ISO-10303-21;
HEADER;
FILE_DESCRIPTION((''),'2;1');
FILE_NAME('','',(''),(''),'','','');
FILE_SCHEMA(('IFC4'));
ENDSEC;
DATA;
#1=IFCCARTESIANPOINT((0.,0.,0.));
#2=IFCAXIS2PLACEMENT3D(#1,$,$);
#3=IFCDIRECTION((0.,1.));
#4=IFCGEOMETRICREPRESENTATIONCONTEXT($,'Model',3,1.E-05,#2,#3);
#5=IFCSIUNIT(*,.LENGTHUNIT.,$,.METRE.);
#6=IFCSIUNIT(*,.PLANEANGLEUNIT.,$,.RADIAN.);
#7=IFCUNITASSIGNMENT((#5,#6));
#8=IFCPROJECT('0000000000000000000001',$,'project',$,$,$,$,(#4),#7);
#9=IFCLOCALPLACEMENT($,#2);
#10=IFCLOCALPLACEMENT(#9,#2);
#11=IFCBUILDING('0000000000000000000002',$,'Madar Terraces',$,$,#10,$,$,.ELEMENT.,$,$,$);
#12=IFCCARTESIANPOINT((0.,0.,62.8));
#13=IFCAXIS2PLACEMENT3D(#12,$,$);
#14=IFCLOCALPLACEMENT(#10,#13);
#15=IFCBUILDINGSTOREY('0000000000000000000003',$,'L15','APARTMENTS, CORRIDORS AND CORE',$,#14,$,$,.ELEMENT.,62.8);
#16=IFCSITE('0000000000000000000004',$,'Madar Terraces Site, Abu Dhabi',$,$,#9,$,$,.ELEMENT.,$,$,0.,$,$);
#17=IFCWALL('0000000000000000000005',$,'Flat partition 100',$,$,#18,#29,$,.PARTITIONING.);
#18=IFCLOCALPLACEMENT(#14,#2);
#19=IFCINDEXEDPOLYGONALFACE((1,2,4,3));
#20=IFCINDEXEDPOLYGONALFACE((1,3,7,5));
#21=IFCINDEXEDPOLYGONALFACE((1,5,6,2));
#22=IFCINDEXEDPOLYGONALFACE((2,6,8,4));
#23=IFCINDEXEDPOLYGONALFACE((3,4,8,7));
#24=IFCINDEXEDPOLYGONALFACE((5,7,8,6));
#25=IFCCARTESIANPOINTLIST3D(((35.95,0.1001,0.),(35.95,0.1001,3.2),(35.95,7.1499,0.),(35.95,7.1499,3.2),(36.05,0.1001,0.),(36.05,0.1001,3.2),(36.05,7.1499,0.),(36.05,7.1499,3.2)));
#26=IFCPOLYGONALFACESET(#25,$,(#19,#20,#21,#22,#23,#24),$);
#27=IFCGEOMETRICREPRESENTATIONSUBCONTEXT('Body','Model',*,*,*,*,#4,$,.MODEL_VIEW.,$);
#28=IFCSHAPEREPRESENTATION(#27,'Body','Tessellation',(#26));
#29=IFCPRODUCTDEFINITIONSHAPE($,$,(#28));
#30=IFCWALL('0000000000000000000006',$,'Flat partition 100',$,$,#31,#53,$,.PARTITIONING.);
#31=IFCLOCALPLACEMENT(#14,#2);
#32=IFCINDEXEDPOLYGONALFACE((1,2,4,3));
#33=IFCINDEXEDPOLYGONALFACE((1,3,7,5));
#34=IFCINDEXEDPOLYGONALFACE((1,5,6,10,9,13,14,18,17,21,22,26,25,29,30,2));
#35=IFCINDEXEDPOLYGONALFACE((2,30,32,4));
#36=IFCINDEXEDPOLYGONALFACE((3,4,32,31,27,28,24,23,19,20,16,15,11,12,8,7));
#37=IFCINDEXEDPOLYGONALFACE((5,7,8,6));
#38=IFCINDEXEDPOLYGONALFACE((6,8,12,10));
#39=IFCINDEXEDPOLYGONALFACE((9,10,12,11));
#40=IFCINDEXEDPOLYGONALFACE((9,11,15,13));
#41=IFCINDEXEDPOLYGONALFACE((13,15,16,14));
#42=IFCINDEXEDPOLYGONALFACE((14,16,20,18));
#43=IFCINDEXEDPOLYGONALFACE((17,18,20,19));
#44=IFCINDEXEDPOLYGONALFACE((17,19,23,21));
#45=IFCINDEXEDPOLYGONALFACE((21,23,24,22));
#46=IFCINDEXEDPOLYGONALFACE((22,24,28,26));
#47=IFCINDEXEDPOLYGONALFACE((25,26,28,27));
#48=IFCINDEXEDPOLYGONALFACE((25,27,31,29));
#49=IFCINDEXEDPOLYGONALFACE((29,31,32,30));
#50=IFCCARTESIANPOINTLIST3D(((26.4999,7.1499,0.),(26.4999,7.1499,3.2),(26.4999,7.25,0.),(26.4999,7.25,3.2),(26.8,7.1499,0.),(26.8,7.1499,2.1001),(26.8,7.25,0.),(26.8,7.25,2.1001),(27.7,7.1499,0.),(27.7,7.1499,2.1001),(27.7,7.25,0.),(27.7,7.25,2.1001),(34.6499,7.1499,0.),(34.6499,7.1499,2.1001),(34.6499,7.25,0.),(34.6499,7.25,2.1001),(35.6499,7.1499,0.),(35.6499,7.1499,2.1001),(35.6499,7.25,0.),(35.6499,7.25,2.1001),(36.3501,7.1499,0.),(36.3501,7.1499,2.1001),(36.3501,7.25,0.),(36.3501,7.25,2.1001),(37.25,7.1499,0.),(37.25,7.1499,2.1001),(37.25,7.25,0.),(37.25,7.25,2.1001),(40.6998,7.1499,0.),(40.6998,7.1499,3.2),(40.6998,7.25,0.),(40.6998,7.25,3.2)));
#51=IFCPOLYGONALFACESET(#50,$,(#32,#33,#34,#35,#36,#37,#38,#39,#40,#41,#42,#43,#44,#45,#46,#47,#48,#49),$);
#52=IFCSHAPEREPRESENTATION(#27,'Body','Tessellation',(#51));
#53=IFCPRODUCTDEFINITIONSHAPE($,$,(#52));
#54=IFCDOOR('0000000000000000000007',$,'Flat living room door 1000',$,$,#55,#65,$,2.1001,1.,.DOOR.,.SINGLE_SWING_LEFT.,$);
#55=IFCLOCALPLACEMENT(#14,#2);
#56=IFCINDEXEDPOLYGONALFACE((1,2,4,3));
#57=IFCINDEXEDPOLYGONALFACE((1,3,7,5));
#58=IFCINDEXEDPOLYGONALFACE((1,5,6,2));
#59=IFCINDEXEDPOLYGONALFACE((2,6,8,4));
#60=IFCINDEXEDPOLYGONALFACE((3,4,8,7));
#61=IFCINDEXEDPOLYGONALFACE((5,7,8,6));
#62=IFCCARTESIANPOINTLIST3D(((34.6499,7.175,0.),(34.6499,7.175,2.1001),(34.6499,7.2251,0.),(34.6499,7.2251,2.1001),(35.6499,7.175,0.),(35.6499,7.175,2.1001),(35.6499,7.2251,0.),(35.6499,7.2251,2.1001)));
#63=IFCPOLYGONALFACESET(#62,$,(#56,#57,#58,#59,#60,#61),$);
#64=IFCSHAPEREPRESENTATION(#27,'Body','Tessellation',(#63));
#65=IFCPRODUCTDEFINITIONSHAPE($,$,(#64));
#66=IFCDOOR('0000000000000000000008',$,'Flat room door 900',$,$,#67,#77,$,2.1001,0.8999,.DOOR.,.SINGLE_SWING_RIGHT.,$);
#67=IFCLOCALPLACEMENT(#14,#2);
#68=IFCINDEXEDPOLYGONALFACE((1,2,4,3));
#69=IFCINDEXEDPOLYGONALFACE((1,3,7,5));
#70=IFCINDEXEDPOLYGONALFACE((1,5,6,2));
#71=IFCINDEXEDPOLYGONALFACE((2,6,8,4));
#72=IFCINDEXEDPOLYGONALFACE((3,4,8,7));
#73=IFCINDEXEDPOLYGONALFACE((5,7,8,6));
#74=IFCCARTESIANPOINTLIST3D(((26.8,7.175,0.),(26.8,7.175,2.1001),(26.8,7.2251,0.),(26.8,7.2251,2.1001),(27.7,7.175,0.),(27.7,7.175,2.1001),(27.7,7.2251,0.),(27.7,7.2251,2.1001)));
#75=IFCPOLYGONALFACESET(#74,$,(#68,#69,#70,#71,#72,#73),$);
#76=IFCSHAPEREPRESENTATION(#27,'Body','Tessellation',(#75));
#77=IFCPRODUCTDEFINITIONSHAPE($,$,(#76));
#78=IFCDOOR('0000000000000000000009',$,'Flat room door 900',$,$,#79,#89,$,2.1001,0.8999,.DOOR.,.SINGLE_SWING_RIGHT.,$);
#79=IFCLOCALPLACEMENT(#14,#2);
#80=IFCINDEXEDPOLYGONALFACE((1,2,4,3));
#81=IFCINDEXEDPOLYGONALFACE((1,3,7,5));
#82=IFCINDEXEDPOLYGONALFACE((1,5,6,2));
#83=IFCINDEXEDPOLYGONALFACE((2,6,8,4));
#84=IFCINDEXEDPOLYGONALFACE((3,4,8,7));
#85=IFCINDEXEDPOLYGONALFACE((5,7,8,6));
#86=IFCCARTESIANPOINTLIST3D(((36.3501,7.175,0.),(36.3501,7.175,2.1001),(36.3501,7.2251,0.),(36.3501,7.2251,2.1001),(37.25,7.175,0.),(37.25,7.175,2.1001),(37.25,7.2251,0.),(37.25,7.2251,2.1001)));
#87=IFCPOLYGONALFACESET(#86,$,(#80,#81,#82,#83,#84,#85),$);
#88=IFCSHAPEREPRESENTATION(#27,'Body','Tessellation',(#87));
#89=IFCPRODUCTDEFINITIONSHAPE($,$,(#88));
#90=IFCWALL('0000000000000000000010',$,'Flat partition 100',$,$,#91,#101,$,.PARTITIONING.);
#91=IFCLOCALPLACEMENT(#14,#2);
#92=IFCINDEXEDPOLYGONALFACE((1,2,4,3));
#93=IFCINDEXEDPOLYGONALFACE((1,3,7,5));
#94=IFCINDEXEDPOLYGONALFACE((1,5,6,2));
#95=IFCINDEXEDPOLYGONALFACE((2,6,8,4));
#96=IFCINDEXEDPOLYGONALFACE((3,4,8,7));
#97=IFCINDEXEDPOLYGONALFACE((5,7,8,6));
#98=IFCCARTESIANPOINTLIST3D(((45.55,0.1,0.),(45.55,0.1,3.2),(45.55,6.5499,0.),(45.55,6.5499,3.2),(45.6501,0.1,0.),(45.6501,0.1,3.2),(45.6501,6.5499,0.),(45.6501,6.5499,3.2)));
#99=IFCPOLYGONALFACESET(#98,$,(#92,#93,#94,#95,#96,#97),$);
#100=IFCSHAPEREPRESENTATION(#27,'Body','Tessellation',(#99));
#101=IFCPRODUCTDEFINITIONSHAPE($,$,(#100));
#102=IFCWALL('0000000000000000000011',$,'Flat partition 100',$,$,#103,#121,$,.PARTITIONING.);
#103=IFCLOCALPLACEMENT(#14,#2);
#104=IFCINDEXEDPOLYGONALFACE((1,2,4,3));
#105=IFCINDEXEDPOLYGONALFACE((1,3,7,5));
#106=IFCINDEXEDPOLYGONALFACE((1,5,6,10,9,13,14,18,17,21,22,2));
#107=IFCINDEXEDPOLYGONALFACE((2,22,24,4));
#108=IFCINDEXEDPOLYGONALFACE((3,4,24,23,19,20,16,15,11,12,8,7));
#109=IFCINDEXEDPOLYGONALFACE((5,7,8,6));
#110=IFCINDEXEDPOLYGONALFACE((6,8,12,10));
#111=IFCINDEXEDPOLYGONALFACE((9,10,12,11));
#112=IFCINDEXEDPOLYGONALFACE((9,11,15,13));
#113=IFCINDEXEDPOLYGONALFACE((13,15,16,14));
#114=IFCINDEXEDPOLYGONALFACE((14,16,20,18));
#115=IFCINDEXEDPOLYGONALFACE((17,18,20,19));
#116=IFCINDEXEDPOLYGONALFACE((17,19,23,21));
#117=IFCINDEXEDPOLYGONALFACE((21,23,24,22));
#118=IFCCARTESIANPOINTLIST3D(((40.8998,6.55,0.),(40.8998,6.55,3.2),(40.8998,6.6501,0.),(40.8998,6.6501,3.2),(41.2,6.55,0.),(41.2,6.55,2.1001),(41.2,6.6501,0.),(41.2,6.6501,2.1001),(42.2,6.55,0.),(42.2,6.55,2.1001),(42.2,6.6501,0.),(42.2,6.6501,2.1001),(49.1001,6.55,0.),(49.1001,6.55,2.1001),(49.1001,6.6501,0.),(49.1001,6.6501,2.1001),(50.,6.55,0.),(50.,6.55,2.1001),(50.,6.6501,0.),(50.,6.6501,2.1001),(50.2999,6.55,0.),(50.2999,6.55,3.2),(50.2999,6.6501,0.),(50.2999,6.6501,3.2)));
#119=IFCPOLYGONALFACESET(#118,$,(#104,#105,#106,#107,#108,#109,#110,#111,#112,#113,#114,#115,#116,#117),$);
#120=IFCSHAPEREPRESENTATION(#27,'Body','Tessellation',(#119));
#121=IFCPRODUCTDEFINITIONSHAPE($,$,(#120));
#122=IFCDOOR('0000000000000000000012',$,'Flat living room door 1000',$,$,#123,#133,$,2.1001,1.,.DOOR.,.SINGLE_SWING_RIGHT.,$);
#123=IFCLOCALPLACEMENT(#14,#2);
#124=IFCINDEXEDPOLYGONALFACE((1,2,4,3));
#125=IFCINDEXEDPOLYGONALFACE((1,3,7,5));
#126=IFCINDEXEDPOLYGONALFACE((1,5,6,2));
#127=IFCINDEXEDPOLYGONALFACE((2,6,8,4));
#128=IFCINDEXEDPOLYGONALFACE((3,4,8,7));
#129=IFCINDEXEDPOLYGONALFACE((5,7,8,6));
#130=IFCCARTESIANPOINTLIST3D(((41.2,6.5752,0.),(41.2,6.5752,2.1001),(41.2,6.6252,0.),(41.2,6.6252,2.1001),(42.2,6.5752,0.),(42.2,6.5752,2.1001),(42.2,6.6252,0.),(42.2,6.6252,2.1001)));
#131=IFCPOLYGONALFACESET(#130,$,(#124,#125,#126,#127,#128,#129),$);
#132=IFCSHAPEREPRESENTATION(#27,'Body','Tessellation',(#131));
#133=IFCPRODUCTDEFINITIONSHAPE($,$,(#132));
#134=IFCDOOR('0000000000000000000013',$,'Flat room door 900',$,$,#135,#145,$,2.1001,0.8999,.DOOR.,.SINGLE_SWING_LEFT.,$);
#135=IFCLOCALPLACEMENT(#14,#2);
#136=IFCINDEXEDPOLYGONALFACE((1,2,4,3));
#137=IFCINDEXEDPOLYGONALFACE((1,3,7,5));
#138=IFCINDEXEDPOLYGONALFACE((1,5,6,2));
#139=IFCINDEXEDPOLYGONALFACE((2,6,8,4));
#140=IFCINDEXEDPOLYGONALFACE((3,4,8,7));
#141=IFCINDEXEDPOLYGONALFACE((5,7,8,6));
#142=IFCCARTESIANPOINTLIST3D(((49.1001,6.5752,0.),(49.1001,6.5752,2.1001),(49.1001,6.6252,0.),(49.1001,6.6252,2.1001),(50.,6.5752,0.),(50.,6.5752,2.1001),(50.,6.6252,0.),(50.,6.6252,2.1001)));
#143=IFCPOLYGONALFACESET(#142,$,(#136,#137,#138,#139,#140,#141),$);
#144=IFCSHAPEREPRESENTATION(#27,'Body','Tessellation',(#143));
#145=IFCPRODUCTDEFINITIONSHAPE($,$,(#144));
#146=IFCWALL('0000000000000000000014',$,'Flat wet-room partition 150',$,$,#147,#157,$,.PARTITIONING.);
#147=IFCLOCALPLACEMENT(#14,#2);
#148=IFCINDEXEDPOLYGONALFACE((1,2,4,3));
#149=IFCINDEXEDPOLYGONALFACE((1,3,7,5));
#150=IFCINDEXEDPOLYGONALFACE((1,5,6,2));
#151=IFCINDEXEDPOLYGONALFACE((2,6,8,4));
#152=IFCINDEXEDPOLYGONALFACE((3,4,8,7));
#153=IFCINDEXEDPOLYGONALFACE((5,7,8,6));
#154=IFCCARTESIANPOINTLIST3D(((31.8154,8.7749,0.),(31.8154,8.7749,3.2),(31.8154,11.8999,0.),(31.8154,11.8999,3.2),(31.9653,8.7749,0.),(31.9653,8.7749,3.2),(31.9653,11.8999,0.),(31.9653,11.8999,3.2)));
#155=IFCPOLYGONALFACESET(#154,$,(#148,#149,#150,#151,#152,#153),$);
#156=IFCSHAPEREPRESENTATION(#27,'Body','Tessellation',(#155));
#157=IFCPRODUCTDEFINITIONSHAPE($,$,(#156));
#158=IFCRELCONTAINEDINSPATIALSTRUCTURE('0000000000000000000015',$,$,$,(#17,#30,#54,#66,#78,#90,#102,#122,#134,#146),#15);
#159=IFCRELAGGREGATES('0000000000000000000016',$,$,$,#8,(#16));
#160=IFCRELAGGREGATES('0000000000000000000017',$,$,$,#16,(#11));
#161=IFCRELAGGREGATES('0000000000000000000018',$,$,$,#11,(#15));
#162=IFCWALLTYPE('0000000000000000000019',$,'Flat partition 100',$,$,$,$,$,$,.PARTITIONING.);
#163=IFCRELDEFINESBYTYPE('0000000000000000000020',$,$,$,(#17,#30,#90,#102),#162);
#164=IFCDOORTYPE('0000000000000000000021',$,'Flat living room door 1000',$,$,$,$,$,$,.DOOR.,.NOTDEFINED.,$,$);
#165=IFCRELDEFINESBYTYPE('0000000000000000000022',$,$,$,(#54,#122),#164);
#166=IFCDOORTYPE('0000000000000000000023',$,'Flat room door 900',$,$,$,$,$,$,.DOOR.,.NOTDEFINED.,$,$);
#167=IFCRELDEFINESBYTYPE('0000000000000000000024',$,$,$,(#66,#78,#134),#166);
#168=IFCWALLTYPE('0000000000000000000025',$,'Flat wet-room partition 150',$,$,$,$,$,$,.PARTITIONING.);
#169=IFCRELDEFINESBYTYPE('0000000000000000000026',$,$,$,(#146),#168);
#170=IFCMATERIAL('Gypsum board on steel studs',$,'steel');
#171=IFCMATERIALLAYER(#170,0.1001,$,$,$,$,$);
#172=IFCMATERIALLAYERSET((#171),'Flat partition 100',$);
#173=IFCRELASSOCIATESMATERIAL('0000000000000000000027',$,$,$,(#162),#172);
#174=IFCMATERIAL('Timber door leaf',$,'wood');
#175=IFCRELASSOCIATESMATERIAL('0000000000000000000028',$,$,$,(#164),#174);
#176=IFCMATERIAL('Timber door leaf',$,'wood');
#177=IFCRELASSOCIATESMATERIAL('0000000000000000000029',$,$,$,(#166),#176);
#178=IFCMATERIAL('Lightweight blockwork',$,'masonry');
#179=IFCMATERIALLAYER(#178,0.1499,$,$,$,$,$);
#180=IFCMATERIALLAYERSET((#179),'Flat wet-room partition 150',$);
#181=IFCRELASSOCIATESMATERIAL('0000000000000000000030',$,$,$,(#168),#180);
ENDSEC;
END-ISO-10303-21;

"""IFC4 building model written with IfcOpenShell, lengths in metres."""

from ifc_helpers import new_model, si_unit, direction, frame, frame_2d, origin, place, context, subcontext, project, spatial, rectangle, extrude, material, layer, layer_set, type_object, element, fill, save


model = new_model("IFC4")

# Units and contexts
model_context = context("Model", 3, precision=1e-05, world=origin(), true_north=direction((0.0, 1.0)))
body_context = subcontext(model_context, "Body", "Model", "MODEL_VIEW")
ifc_project = project(units=[si_unit("LENGTHUNIT", "METRE"), si_unit("PLANEANGLEUNIT", "RADIAN")], contexts=[model_context])

# Site, building, storey
site_placement = place(None, origin())
site = spatial("IfcSite", under=ifc_project, at=site_placement, Name="Madar Terraces Site, Abu Dhabi", CompositionType="ELEMENT", RefElevation=0.0)
building_placement = place(site_placement, origin())
building = spatial("IfcBuilding", under=site, at=building_placement, Name="Madar Terraces", CompositionType="ELEMENT")
storey_placement = place(building_placement, frame((0.0, 0.0, 62.8)))
storey = spatial("IfcBuildingStorey", under=building, at=storey_placement, Name="L15", Description="APARTMENTS, CORRIDORS AND CORE", CompositionType="ELEMENT", Elevation=62.8)

# Wall
ifc_material_1 = material(Name="Gypsum board on steel studs", Category="steel")
ifc_layer_1 = layer(ifc_material_1, 0.1001)
ifc_layer_set_1 = layer_set([ifc_layer_1], Name="Flat partition 100")
wall_type_1 = type_object("IfcWallType", Name="Flat partition 100", PredefinedType="PARTITIONING", material=ifc_layer_set_1)
wall_1_placement = place(storey_placement, frame((36.0, 7.1499, 0.0), z_axis=(0.0, 0.0, 1.0), x_axis=(0.0, -1.0, 0.0)))
element("IfcWall", 1, at=wall_1_placement, inside=storey, type_object=wall_type_1, Name="Flat partition 100", PredefinedType="PARTITIONING", context=body_context, shape_type="SweptSolid", body=[
    extrude(rectangle(XDim=7.0498, YDim=0.1001, at=frame_2d((3.5249, 0.0))), origin(), (0.0, 0.0, 1.0), 3.2),
])

# Wall, openings, doors
wall_2_placement = place(storey_placement, frame((40.7, 7.2, 0.0), z_axis=(0.0, 0.0, 1.0), x_axis=(-1.0, 0.0, 0.0)))
wall_2 = element("IfcWall", 2, at=wall_2_placement, inside=storey, type_object=wall_type_1, Name="Flat partition 100", PredefinedType="PARTITIONING", context=body_context, shape_type="SweptSolid", body=[
    extrude(rectangle(XDim=14.2, YDim=0.1001, at=frame_2d((7.1001, 0.0))), origin(), (0.0, 0.0, 1.0), 3.2),
])
opening_1_placement = place(wall_2_placement, frame((13.0, 0.0, 0.0)))
opening_1 = element("IfcOpeningElement", 3, at=opening_1_placement, cuts=wall_2, PredefinedType="OPENING", context=body_context, shape_type="SweptSolid", body=[
    extrude(rectangle(XDim=0.8999, YDim=2.1001, at=frame_2d((0.45, 1.05))), frame((0.0, 0.0601, 0.0), z_axis=(0.0, -1.0, 0.0), x_axis=(1.0, 0.0, 0.0)), (0.0, 0.0, 1.0), 0.1201),
])
opening_2_placement = place(wall_2_placement, frame((5.05, 0.0, 0.0)))
opening_2 = element("IfcOpeningElement", 4, at=opening_2_placement, cuts=wall_2, PredefinedType="OPENING", context=body_context, shape_type="SweptSolid", body=[
    extrude(rectangle(XDim=1.0, YDim=2.1001, at=frame_2d((0.5, 1.05))), frame((0.0, 0.0601, 0.0), z_axis=(0.0, -1.0, 0.0), x_axis=(1.0, 0.0, 0.0)), (0.0, 0.0, 1.0), 0.1201),
])
opening_3_placement = place(wall_2_placement, frame((3.45, 0.0, 0.0)))
opening_3 = element("IfcOpeningElement", 5, at=opening_3_placement, cuts=wall_2, PredefinedType="OPENING", context=body_context, shape_type="SweptSolid", body=[
    extrude(rectangle(XDim=0.8999, YDim=2.1001, at=frame_2d((0.45, 1.05))), frame((0.0, 0.0601, 0.0), z_axis=(0.0, -1.0, 0.0), x_axis=(1.0, 0.0, 0.0)), (0.0, 0.0, 1.0), 0.1201),
])
ifc_material_2 = material(Name="Timber door leaf", Category="wood")
door_type_1 = type_object("IfcDoorType", Name="Flat living room door 1000", OperationType="NOTDEFINED", PredefinedType="DOOR", material=ifc_material_2)
door_1_placement = place(opening_2_placement, origin())
door_1 = element("IfcDoor", 6, at=door_1_placement, inside=storey, type_object=door_type_1, Name="Flat living room door 1000", OperationType="SINGLE_SWING_LEFT", OverallHeight=2.1001, OverallWidth=1.0, PredefinedType="DOOR", context=body_context, shape_type="SweptSolid", body=[
    extrude(rectangle(XDim=1.0, YDim=2.1001, at=frame_2d((0.5, 1.05))), frame((0.0, 0.0249, 0.0), z_axis=(0.0, -1.0, 0.0), x_axis=(1.0, 0.0, 0.0)), (0.0, 0.0, 1.0), 0.05),
])
fill(opening_2, door_1)
ifc_material_3 = material(Name="Timber door leaf", Category="wood")
door_type_2 = type_object("IfcDoorType", Name="Flat room door 900", OperationType="NOTDEFINED", PredefinedType="DOOR", material=ifc_material_3)
door_2_placement = place(opening_1_placement, origin())
door_2 = element("IfcDoor", 7, at=door_2_placement, inside=storey, type_object=door_type_2, Name="Flat room door 900", OperationType="SINGLE_SWING_RIGHT", OverallHeight=2.1001, OverallWidth=0.8999, PredefinedType="DOOR", context=body_context, shape_type="SweptSolid", body=[
    extrude(rectangle(XDim=0.8999, YDim=2.1001, at=frame_2d((0.45, 1.05))), frame((0.0, 0.0249, 0.0), z_axis=(0.0, -1.0, 0.0), x_axis=(1.0, 0.0, 0.0)), (0.0, 0.0, 1.0), 0.05),
])
fill(opening_1, door_2)
door_3_placement = place(opening_3_placement, origin())
door_3 = element("IfcDoor", 8, at=door_3_placement, inside=storey, type_object=door_type_2, Name="Flat room door 900", OperationType="SINGLE_SWING_RIGHT", OverallHeight=2.1001, OverallWidth=0.8999, PredefinedType="DOOR", context=body_context, shape_type="SweptSolid", body=[
    extrude(rectangle(XDim=0.8999, YDim=2.1001, at=frame_2d((0.45, 1.05))), frame((0.0, 0.0249, 0.0), z_axis=(0.0, -1.0, 0.0), x_axis=(1.0, 0.0, 0.0)), (0.0, 0.0, 1.0), 0.05),
])
fill(opening_3, door_3)

# Wall
wall_3_placement = place(storey_placement, frame((45.6001, 6.55, 0.0), z_axis=(0.0, 0.0, 1.0), x_axis=(0.0, -1.0, 0.0)))
element("IfcWall", 9, at=wall_3_placement, inside=storey, type_object=wall_type_1, Name="Flat partition 100", PredefinedType="PARTITIONING", context=body_context, shape_type="SweptSolid", body=[
    extrude(rectangle(XDim=6.45, YDim=0.1001, at=frame_2d((3.2251, 0.0))), origin(), (0.0, 0.0, 1.0), 3.2),
])

# Wall, openings, doors
wall_4_placement = place(storey_placement, frame((50.3, 6.6001, 0.0), z_axis=(0.0, 0.0, 1.0), x_axis=(-1.0, 0.0, 0.0)))
wall_4 = element("IfcWall", 10, at=wall_4_placement, inside=storey, type_object=wall_type_1, Name="Flat partition 100", PredefinedType="PARTITIONING", context=body_context, shape_type="SweptSolid", body=[
    extrude(rectangle(XDim=9.4001, YDim=0.1001, at=frame_2d((4.7002, 0.0))), origin(), (0.0, 0.0, 1.0), 3.2),
])
opening_4_placement = place(wall_4_placement, frame((0.3, 0.0, 0.0)))
opening_4 = element("IfcOpeningElement", 11, at=opening_4_placement, cuts=wall_4, PredefinedType="OPENING", context=body_context, shape_type="SweptSolid", body=[
    extrude(rectangle(XDim=0.8999, YDim=2.1001, at=frame_2d((0.45, 1.05))), frame((0.0, 0.0601, 0.0), z_axis=(0.0, -1.0, 0.0), x_axis=(1.0, 0.0, 0.0)), (0.0, 0.0, 1.0), 0.1201),
])
opening_5_placement = place(wall_4_placement, frame((8.1001, 0.0, 0.0)))
opening_5 = element("IfcOpeningElement", 12, at=opening_5_placement, cuts=wall_4, PredefinedType="OPENING", context=body_context, shape_type="SweptSolid", body=[
    extrude(rectangle(XDim=1.0, YDim=2.1001, at=frame_2d((0.5, 1.05))), frame((0.0, 0.0601, 0.0), z_axis=(0.0, -1.0, 0.0), x_axis=(1.0, 0.0, 0.0)), (0.0, 0.0, 1.0), 0.1201),
])
door_4_placement = place(opening_5_placement, origin())
door_4 = element("IfcDoor", 13, at=door_4_placement, inside=storey, type_object=door_type_1, Name="Flat living room door 1000", OperationType="SINGLE_SWING_RIGHT", OverallHeight=2.1001, OverallWidth=1.0, PredefinedType="DOOR", context=body_context, shape_type="SweptSolid", body=[
    extrude(rectangle(XDim=1.0, YDim=2.1001, at=frame_2d((0.5, 1.05))), frame((0.0, 0.0249, 0.0), z_axis=(0.0, -1.0, 0.0), x_axis=(1.0, 0.0, 0.0)), (0.0, 0.0, 1.0), 0.05),
])
fill(opening_5, door_4)
door_5_placement = place(opening_4_placement, origin())
door_5 = element("IfcDoor", 14, at=door_5_placement, inside=storey, type_object=door_type_2, Name="Flat room door 900", OperationType="SINGLE_SWING_LEFT", OverallHeight=2.1001, OverallWidth=0.8999, PredefinedType="DOOR", context=body_context, shape_type="SweptSolid", body=[
    extrude(rectangle(XDim=0.8999, YDim=2.1001, at=frame_2d((0.45, 1.05))), frame((0.0, 0.0249, 0.0), z_axis=(0.0, -1.0, 0.0), x_axis=(1.0, 0.0, 0.0)), (0.0, 0.0, 1.0), 0.05),
])
fill(opening_4, door_5)

# Wall
ifc_material_4 = material(Name="Lightweight blockwork", Category="masonry")
ifc_layer_2 = layer(ifc_material_4, 0.1499)
ifc_layer_set_2 = layer_set([ifc_layer_2], Name="Flat wet-room partition 150")
wall_type_2 = type_object("IfcWallType", Name="Flat wet-room partition 150", PredefinedType="PARTITIONING", material=ifc_layer_set_2)
wall_5_placement = place(storey_placement, frame((31.8904, 11.8999, 0.0), z_axis=(0.0, 0.0, 1.0), x_axis=(0.0, -1.0, 0.0)))
element("IfcWall", 15, at=wall_5_placement, inside=storey, type_object=wall_type_2, Name="Flat wet-room partition 150", PredefinedType="PARTITIONING", context=body_context, shape_type="SweptSolid", body=[
    extrude(rectangle(XDim=3.125, YDim=0.1499, at=frame_2d((1.5625, 0.0))), origin(), (0.0, 0.0, 1.0), 3.2),
])

save(model, "model.ifc")
